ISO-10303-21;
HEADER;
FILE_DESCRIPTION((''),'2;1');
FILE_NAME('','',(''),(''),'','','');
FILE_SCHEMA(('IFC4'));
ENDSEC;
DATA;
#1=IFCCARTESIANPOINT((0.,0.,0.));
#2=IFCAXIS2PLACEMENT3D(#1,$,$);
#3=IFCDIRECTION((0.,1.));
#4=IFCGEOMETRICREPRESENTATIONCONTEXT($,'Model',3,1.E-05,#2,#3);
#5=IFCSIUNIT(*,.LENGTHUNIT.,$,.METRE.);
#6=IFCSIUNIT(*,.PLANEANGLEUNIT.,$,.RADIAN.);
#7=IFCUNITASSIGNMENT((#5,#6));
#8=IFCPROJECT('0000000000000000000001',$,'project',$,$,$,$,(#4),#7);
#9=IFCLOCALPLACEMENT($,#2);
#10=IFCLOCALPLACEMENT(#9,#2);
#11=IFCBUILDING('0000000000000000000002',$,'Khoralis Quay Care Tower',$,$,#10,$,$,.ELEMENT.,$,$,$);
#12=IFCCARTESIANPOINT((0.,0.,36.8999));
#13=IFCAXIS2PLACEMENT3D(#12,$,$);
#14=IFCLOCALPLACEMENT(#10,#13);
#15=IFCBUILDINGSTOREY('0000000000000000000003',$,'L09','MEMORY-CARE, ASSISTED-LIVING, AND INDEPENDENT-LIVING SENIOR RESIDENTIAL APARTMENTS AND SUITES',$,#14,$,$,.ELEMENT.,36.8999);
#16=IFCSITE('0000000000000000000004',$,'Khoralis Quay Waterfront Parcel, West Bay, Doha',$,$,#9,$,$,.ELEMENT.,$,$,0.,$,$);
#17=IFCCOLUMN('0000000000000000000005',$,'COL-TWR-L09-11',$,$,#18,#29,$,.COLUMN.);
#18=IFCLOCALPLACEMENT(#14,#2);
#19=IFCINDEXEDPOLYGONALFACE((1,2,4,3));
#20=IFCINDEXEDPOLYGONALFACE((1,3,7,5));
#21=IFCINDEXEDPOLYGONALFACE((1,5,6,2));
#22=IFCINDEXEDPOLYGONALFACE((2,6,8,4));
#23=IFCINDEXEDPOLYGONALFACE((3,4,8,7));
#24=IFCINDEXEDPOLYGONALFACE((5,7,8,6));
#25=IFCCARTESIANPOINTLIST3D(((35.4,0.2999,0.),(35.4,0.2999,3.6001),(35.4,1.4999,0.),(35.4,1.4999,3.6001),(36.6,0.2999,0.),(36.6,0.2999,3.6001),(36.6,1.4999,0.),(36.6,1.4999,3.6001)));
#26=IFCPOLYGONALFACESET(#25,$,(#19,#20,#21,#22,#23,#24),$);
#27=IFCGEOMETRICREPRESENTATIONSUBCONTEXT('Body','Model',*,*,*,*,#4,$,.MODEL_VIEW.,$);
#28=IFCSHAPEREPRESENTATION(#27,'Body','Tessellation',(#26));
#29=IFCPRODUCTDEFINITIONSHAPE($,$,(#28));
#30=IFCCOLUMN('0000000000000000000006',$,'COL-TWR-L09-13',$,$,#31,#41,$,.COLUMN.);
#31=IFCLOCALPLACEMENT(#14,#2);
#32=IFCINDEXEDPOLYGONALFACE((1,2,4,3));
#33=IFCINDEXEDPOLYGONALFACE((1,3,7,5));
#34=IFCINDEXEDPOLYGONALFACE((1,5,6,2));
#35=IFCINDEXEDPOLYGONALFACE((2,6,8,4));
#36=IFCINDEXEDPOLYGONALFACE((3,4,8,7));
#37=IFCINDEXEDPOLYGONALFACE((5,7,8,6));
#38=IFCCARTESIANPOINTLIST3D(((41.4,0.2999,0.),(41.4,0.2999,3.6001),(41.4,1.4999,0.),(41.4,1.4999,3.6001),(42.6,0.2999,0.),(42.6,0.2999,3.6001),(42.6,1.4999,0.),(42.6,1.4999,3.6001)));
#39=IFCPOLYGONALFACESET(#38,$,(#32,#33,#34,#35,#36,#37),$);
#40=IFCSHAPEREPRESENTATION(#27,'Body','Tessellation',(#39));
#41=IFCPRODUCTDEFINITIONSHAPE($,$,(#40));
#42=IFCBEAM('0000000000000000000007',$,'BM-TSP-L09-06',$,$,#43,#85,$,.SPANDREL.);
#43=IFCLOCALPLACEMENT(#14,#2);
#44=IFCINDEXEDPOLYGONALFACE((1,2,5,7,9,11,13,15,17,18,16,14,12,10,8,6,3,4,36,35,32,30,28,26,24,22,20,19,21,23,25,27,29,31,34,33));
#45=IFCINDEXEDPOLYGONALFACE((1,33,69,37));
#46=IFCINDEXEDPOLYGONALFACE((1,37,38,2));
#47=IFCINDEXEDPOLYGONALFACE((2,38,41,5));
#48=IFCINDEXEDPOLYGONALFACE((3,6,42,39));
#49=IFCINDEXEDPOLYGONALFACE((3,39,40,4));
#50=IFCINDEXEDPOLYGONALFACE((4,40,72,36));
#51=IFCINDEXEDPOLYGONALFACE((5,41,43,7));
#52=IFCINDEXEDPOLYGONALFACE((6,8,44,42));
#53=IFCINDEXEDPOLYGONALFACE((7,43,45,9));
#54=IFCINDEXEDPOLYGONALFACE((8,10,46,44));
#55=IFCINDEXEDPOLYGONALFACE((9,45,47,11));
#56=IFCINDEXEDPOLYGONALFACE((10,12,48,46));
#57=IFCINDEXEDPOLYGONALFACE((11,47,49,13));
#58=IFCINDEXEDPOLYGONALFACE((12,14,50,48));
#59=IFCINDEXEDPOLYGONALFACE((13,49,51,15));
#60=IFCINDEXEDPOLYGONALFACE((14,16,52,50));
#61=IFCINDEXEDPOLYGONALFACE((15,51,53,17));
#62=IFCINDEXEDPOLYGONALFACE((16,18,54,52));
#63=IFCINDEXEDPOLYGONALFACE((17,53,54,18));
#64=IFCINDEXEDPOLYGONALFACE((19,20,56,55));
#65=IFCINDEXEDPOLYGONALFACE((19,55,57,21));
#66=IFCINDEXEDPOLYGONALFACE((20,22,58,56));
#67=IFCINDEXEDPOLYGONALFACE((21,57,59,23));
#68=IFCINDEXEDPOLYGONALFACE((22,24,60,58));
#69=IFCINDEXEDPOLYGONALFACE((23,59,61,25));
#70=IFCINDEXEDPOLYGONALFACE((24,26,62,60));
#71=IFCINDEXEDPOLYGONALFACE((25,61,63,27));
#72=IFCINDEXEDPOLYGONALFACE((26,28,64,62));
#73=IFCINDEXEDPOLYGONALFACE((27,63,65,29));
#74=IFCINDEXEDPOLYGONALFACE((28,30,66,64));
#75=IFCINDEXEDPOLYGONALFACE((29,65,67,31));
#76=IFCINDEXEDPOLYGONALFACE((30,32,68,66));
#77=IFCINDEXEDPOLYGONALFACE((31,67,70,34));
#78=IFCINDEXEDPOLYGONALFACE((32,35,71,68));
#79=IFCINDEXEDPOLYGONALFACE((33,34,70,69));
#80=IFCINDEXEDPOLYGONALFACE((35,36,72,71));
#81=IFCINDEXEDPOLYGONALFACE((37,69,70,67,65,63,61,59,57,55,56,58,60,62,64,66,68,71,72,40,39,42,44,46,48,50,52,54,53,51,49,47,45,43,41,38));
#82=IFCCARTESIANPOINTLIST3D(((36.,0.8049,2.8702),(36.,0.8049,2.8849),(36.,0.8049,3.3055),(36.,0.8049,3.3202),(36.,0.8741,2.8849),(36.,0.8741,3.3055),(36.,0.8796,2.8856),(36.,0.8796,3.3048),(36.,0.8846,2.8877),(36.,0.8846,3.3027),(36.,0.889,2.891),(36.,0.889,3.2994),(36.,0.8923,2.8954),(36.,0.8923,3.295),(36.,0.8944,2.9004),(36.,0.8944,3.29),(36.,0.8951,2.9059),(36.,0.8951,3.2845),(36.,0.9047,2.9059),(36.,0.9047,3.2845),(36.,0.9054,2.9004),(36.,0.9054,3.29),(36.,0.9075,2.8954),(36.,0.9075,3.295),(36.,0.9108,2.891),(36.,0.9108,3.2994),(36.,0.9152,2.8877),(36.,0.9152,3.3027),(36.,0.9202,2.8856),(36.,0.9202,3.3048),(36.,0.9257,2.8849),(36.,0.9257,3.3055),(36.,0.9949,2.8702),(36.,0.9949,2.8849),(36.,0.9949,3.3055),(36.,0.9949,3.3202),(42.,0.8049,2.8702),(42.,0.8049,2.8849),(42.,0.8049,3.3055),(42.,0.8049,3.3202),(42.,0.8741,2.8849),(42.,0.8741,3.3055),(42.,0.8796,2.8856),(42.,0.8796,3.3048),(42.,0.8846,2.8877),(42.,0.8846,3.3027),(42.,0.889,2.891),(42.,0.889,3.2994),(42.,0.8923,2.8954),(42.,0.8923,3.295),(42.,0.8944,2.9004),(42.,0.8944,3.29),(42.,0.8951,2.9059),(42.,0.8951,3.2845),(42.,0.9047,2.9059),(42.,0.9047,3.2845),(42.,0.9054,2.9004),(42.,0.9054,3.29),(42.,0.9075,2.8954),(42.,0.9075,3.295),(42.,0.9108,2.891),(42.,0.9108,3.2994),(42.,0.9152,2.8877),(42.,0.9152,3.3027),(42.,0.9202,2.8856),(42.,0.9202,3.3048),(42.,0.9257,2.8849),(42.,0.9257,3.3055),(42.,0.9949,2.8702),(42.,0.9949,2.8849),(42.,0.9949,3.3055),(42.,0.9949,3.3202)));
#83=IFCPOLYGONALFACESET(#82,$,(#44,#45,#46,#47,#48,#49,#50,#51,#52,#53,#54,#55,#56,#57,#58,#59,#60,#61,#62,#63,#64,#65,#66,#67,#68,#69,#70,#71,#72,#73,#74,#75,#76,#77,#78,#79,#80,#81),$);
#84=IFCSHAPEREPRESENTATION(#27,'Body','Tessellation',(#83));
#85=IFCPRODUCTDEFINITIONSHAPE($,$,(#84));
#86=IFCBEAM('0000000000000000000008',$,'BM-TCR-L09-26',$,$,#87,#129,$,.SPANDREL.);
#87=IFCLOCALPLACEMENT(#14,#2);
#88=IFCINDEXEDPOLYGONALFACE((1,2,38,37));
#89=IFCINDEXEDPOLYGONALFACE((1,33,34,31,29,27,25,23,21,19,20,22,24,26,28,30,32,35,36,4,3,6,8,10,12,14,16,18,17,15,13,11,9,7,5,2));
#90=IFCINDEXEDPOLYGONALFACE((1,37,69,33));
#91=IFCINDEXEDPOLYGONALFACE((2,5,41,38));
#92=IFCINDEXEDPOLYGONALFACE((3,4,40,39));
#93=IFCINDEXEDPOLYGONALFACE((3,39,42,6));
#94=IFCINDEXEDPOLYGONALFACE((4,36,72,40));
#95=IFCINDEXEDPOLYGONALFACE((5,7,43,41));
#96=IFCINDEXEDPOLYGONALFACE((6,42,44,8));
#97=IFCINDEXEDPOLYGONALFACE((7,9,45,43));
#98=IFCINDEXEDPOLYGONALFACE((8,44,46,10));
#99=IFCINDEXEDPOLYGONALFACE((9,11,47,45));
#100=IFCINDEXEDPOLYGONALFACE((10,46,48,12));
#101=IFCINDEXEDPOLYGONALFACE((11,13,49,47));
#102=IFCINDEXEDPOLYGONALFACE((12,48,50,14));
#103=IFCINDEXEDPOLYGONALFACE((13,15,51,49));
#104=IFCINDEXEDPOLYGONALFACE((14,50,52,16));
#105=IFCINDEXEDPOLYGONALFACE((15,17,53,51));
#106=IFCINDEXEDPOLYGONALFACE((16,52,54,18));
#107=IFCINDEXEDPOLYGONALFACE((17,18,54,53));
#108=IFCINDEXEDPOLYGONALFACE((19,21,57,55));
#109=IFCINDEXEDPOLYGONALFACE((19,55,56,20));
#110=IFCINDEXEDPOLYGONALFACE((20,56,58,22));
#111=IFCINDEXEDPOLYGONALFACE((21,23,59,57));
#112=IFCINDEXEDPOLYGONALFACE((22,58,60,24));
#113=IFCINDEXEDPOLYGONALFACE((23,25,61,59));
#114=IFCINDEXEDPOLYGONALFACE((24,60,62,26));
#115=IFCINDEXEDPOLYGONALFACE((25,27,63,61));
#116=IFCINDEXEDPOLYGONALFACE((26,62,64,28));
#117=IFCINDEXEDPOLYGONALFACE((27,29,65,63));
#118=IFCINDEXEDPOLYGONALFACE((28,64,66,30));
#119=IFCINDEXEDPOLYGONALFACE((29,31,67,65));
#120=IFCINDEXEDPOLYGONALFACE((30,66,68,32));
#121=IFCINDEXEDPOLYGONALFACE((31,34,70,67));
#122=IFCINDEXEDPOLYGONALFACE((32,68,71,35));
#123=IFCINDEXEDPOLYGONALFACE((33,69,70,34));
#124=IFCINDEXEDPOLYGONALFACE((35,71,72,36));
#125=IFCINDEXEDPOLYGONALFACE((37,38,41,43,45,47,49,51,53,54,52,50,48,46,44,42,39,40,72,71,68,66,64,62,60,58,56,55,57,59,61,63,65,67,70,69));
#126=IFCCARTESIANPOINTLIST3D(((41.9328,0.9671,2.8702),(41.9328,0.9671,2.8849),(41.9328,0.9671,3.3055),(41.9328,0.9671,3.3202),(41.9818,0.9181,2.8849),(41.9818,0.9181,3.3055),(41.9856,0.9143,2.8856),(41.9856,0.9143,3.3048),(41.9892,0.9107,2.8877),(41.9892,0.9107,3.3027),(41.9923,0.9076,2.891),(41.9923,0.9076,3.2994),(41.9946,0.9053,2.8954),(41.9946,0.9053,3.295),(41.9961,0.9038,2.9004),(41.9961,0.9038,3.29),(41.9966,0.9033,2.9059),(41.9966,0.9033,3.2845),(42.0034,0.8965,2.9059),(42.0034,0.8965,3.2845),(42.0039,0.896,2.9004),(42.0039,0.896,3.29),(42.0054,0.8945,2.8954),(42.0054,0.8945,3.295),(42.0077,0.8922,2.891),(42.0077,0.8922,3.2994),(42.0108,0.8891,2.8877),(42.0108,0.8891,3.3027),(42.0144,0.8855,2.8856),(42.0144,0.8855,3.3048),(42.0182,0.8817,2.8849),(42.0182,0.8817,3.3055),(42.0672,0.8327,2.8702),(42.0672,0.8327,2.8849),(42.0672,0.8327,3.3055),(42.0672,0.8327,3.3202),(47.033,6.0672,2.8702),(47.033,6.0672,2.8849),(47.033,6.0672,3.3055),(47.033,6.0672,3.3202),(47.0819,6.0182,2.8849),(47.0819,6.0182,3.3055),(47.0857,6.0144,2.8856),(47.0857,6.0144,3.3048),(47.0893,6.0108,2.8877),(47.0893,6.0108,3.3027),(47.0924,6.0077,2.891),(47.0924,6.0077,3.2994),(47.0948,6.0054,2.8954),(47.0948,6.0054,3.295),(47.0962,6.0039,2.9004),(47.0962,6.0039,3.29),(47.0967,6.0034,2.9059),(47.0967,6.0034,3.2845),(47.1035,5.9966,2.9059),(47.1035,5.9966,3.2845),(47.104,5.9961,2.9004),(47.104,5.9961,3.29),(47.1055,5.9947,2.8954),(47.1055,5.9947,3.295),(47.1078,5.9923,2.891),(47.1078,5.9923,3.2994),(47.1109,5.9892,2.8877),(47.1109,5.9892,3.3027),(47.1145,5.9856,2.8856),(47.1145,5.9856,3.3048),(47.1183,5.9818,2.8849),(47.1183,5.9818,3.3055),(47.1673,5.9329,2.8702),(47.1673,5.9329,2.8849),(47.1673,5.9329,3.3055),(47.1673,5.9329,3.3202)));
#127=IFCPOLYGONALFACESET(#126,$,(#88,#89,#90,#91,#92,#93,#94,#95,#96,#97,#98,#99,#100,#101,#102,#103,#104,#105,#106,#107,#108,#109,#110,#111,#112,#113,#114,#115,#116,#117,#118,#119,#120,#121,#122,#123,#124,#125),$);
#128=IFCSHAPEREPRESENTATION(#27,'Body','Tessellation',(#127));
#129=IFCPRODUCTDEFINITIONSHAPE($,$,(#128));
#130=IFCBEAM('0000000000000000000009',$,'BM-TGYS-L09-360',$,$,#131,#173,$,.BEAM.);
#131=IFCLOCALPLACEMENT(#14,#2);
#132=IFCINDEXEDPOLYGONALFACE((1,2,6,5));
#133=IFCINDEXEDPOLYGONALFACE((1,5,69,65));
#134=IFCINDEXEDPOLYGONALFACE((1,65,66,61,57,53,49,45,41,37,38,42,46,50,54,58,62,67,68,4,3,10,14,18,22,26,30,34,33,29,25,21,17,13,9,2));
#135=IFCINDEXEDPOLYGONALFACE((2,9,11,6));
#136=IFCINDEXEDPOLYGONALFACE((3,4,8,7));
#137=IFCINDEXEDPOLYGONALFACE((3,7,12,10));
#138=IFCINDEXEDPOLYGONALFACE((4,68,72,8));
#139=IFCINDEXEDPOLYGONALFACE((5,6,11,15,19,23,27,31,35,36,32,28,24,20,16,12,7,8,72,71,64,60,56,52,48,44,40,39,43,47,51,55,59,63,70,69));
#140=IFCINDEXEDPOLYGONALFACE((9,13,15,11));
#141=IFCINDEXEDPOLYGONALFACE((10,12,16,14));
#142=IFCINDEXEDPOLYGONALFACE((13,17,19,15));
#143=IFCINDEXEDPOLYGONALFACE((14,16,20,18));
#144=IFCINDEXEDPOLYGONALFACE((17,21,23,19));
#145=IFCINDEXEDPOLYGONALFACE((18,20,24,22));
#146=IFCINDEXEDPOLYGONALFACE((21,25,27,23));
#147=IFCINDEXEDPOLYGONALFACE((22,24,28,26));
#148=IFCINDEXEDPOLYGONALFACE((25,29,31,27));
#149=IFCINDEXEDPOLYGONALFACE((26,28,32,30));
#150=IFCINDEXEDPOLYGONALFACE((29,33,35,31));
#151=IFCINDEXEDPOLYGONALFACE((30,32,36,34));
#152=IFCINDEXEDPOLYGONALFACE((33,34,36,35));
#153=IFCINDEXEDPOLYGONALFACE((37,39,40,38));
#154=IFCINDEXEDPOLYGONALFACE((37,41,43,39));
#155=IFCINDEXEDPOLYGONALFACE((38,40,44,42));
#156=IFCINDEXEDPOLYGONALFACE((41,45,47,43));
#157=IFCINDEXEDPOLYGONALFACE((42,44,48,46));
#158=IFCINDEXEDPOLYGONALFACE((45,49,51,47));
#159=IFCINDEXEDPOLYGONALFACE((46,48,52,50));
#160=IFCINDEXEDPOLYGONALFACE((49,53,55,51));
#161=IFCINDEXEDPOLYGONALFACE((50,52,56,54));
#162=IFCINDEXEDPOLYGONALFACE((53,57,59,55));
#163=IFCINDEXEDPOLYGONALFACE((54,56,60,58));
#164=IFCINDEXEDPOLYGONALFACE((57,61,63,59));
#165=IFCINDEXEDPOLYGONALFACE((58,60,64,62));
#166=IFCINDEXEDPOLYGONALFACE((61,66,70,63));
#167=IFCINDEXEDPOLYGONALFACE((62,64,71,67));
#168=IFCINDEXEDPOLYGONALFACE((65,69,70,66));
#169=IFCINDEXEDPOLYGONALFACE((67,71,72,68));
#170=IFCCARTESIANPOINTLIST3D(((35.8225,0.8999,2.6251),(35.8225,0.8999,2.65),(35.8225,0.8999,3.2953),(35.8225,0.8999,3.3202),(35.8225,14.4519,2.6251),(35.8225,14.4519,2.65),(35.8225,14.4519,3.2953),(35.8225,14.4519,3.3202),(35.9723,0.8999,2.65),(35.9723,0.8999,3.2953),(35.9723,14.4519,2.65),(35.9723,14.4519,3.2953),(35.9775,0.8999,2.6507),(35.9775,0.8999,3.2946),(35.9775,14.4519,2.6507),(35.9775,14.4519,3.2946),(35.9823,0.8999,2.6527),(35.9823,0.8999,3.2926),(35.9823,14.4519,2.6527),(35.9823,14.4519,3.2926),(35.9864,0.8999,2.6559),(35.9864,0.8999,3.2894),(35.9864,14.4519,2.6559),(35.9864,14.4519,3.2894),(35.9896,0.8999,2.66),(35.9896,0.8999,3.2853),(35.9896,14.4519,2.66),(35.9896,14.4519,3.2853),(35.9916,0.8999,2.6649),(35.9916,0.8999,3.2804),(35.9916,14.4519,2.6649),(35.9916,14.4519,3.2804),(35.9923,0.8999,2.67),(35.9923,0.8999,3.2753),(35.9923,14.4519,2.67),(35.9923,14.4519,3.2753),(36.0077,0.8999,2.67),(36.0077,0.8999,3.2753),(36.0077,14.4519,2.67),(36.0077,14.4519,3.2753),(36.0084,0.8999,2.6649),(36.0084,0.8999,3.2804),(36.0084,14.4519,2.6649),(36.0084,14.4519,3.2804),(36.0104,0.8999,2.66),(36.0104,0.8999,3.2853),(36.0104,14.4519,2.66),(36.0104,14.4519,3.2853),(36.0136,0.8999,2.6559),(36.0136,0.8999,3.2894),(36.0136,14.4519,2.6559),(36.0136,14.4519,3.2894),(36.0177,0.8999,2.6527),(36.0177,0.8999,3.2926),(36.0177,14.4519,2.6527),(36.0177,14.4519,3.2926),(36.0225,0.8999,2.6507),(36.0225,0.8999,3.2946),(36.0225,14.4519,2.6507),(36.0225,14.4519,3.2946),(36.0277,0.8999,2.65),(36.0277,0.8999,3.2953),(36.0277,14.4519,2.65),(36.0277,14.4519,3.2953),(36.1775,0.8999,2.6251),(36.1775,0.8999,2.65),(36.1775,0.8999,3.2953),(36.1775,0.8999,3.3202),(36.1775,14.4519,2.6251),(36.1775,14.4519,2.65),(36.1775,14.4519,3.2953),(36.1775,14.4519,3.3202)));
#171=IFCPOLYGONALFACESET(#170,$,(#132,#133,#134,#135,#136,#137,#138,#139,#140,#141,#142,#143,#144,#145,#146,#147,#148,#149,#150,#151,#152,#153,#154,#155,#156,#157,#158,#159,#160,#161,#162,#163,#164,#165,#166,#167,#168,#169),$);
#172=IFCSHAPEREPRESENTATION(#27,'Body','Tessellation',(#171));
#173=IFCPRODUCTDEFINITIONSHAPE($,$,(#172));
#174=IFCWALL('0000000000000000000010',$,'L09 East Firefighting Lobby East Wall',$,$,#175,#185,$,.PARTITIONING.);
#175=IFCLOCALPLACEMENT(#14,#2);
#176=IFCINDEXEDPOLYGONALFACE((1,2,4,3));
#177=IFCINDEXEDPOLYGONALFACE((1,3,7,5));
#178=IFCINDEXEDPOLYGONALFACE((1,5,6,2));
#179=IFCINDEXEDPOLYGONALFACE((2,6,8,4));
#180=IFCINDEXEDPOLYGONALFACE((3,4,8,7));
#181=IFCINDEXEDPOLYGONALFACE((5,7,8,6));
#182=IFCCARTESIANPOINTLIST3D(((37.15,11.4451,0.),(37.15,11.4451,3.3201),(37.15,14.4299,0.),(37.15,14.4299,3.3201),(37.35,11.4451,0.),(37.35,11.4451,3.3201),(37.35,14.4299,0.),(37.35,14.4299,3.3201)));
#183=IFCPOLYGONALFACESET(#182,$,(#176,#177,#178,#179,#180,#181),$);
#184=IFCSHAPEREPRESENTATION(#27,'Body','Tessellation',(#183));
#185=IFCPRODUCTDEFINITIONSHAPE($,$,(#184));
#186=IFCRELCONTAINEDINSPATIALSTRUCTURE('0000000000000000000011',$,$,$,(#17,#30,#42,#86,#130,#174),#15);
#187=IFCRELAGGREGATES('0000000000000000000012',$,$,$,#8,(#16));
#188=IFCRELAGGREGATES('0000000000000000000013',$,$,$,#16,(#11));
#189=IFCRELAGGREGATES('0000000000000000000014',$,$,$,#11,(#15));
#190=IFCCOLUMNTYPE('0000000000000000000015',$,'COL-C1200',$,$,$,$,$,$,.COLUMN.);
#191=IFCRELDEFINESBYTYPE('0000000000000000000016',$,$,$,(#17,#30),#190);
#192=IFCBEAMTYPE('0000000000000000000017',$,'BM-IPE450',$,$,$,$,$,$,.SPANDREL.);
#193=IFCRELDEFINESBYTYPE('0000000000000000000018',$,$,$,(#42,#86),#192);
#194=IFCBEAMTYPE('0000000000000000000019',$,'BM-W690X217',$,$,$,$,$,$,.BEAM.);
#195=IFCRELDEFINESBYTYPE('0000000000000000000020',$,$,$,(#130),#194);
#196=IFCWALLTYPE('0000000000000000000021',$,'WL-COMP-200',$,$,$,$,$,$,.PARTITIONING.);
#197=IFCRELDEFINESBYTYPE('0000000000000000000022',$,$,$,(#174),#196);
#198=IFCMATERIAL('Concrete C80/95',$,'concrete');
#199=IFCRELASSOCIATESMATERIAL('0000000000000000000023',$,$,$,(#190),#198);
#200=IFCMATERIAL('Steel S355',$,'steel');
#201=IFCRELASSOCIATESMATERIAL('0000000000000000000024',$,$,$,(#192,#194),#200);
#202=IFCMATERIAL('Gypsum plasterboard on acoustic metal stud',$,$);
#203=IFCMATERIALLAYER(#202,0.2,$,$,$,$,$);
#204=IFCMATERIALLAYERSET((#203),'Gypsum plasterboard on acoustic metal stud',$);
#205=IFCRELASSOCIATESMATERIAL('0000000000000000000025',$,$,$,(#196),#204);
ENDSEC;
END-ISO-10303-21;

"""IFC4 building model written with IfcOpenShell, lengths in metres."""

from ifc_helpers import new_model, si_unit, direction, frame, frame_2d, origin, origin_2d, place, context, subcontext, project, spatial, rectangle, i_section, extrude, source, transform, mapped, material, layer, layer_set, material_profile, profile_set, type_object, element, save


model = new_model("IFC4")

# Units and contexts
model_context = context("Model", 3, precision=1e-05, world=origin(), true_north=direction((0.0, 1.0)))
body_context = subcontext(model_context, "Body", "Model", "MODEL_VIEW")
ifc_project = project(units=[si_unit("LENGTHUNIT", "METRE"), si_unit("PLANEANGLEUNIT", "RADIAN")], contexts=[model_context])

# Site, building, storey
site_placement = place(None, origin())
site = spatial("IfcSite", under=ifc_project, at=site_placement, Name="Khoralis Quay Waterfront Parcel, West Bay, Doha", CompositionType="ELEMENT", RefElevation=0.0)
building_placement = place(site_placement, origin())
building = spatial("IfcBuilding", under=site, at=building_placement, Name="Khoralis Quay Care Tower", CompositionType="ELEMENT")
storey_placement = place(building_placement, frame((0.0, 0.0, 36.8999)))
storey = spatial("IfcBuildingStorey", under=building, at=storey_placement, Name="L09", Description="MEMORY-CARE, ASSISTED-LIVING, AND INDEPENDENT-LIVING SENIOR RESIDENTIAL APARTMENTS AND SUITES", CompositionType="ELEMENT", Elevation=36.8999)

# Columns
ifc_material_1 = material(Name="Concrete C80/95", Category="concrete")
ifc_material_profile_1 = material_profile(ifc_material_1, rectangle(XDim=1.2, YDim=1.2, at=origin_2d()), Name="Concrete C80/95")
ifc_profile_set_1 = profile_set([ifc_material_profile_1], Name="Concrete C80/95")
column_type = type_object("IfcColumnType", Name="COL-C1200", PredefinedType="COLUMN", material=ifc_profile_set_1)
shared_shape_1 = source(origin(), body_context, "Body", "SweptSolid", [
    extrude(rectangle(XDim=1.2, YDim=1.2, at=origin_2d()), origin(), (0.0, 0.0, 1.0), 3.6001),
])
for number, where, z_axis, x_axis, name in (
    (1, (36.0, 0.8999, 0.0), (0.0, 0.0, 1.0), (1.0, 0.0, 0.0), "COL-TWR-L09-11"),
    (2, (42.0, 0.8999, 0.0), (0.0, 0.0, 1.0), (1.0, 0.0, 0.0), "COL-TWR-L09-13"),
):
    element("IfcColumn", number, at=place(storey_placement, frame(where, z_axis=z_axis, x_axis=x_axis)), inside=storey, type_object=column_type, Name=name, PredefinedType="COLUMN", context=body_context, shape_type="MappedRepresentation", body=[
        mapped(shared_shape_1, transform((0.0, 0.0, 0.0), scale=1.0)),
    ])

# Beams
ifc_material_2 = material(Name="Steel S355", Category="steel")
ifc_material_profile_2 = material_profile(ifc_material_2, i_section(OverallWidth=0.1899, OverallDepth=0.45, WebThickness=0.0095, FlangeThickness=0.0146, FilletRadius=0.021, at=origin_2d()), Name="Steel S355")
ifc_profile_set_2 = profile_set([ifc_material_profile_2], Name="Steel S355")
beam_type_1 = type_object("IfcBeamType", Name="BM-IPE450", PredefinedType="SPANDREL", material=ifc_profile_set_2)
shared_shape_2 = source(origin(), body_context, "Body", "SweptSolid", [
    extrude(i_section(OverallWidth=0.1899, OverallDepth=0.45, WebThickness=0.0095, FlangeThickness=0.0146, FilletRadius=0.021, at=origin_2d()), origin(), (0.0, 0.0, 1.0), 6.0),
])
beam_1_placement = place(storey_placement, frame((36.0, 0.8999, 3.0952), z_axis=(1.0, 0.0, 0.0), x_axis=(0.0, 1.0, 0.0)))
element("IfcBeam", 3, at=beam_1_placement, inside=storey, type_object=beam_type_1, Name="BM-TSP-L09-06", PredefinedType="SPANDREL", context=body_context, shape_type="MappedRepresentation", body=[
    mapped(shared_shape_2, transform((0.0, 0.0, 0.0), scale=1.0)),
])
shared_shape_3 = source(origin(), body_context, "Body", "SweptSolid", [
    extrude(i_section(OverallWidth=0.1899, OverallDepth=0.45, WebThickness=0.0095, FlangeThickness=0.0146, FilletRadius=0.021, at=origin_2d()), origin(), (0.0, 0.0, 1.0), 7.2126),
])
beam_2_placement = place(storey_placement, frame((42.0, 0.8999, 3.0952), z_axis=(0.707107, 0.707107, 0.0), x_axis=(-0.707107, 0.707107, 0.0)))
element("IfcBeam", 4, at=beam_2_placement, inside=storey, type_object=beam_type_1, Name="BM-TCR-L09-26", PredefinedType="SPANDREL", context=body_context, shape_type="MappedRepresentation", body=[
    mapped(shared_shape_3, transform((0.0, 0.0, 0.0), scale=1.0)),
])
ifc_material_profile_3 = material_profile(ifc_material_2, i_section(OverallWidth=0.355, OverallDepth=0.6951, WebThickness=0.0154, FlangeThickness=0.0249, FilletRadius=0.02, at=origin_2d()), Name="Steel S355")
ifc_profile_set_3 = profile_set([ifc_material_profile_3], Name="Steel S355")
beam_type_2 = type_object("IfcBeamType", Name="BM-W690X217", PredefinedType="BEAM", material=ifc_profile_set_3)
shared_shape_4 = source(origin(), body_context, "Body", "SweptSolid", [
    extrude(i_section(OverallWidth=0.355, OverallDepth=0.6951, WebThickness=0.0154, FlangeThickness=0.0249, FilletRadius=0.02, at=origin_2d()), origin(), (0.0, 0.0, 1.0), 13.552),
])
beam_3_placement = place(storey_placement, frame((36.0, 0.8999, 2.9727), z_axis=(0.0, 1.0, 0.0), x_axis=(-1.0, 0.0, 0.0)))
element("IfcBeam", 5, at=beam_3_placement, inside=storey, type_object=beam_type_2, Name="BM-TGYS-L09-360", PredefinedType="BEAM", context=body_context, shape_type="MappedRepresentation", body=[
    mapped(shared_shape_4, transform((0.0, 0.0, 0.0), scale=1.0)),
])

# Wall
ifc_material_3 = material(Name="Gypsum plasterboard on acoustic metal stud")
ifc_layer_1 = layer(ifc_material_3, 0.2)
ifc_layer_set_1 = layer_set([ifc_layer_1], Name="Gypsum plasterboard on acoustic metal stud")
wall_type_1 = type_object("IfcWallType", Name="WL-COMP-200", PredefinedType="PARTITIONING", material=ifc_layer_set_1)
wall_1_placement = place(storey_placement, frame((37.25, 11.4451, 0.0), z_axis=(0.0, 0.0, 1.0), x_axis=(0.0, 1.0, 0.0)))
element("IfcWall", 6, at=wall_1_placement, inside=storey, type_object=wall_type_1, Name="L09 East Firefighting Lobby East Wall", PredefinedType="PARTITIONING", context=body_context, shape_type="SweptSolid", body=[
    extrude(rectangle(XDim=2.9849, YDim=0.2, at=frame_2d((1.4924, 0.0))), origin(), (0.0, 0.0, 1.0), 3.3201),
])

save(model, "model.ifc")
